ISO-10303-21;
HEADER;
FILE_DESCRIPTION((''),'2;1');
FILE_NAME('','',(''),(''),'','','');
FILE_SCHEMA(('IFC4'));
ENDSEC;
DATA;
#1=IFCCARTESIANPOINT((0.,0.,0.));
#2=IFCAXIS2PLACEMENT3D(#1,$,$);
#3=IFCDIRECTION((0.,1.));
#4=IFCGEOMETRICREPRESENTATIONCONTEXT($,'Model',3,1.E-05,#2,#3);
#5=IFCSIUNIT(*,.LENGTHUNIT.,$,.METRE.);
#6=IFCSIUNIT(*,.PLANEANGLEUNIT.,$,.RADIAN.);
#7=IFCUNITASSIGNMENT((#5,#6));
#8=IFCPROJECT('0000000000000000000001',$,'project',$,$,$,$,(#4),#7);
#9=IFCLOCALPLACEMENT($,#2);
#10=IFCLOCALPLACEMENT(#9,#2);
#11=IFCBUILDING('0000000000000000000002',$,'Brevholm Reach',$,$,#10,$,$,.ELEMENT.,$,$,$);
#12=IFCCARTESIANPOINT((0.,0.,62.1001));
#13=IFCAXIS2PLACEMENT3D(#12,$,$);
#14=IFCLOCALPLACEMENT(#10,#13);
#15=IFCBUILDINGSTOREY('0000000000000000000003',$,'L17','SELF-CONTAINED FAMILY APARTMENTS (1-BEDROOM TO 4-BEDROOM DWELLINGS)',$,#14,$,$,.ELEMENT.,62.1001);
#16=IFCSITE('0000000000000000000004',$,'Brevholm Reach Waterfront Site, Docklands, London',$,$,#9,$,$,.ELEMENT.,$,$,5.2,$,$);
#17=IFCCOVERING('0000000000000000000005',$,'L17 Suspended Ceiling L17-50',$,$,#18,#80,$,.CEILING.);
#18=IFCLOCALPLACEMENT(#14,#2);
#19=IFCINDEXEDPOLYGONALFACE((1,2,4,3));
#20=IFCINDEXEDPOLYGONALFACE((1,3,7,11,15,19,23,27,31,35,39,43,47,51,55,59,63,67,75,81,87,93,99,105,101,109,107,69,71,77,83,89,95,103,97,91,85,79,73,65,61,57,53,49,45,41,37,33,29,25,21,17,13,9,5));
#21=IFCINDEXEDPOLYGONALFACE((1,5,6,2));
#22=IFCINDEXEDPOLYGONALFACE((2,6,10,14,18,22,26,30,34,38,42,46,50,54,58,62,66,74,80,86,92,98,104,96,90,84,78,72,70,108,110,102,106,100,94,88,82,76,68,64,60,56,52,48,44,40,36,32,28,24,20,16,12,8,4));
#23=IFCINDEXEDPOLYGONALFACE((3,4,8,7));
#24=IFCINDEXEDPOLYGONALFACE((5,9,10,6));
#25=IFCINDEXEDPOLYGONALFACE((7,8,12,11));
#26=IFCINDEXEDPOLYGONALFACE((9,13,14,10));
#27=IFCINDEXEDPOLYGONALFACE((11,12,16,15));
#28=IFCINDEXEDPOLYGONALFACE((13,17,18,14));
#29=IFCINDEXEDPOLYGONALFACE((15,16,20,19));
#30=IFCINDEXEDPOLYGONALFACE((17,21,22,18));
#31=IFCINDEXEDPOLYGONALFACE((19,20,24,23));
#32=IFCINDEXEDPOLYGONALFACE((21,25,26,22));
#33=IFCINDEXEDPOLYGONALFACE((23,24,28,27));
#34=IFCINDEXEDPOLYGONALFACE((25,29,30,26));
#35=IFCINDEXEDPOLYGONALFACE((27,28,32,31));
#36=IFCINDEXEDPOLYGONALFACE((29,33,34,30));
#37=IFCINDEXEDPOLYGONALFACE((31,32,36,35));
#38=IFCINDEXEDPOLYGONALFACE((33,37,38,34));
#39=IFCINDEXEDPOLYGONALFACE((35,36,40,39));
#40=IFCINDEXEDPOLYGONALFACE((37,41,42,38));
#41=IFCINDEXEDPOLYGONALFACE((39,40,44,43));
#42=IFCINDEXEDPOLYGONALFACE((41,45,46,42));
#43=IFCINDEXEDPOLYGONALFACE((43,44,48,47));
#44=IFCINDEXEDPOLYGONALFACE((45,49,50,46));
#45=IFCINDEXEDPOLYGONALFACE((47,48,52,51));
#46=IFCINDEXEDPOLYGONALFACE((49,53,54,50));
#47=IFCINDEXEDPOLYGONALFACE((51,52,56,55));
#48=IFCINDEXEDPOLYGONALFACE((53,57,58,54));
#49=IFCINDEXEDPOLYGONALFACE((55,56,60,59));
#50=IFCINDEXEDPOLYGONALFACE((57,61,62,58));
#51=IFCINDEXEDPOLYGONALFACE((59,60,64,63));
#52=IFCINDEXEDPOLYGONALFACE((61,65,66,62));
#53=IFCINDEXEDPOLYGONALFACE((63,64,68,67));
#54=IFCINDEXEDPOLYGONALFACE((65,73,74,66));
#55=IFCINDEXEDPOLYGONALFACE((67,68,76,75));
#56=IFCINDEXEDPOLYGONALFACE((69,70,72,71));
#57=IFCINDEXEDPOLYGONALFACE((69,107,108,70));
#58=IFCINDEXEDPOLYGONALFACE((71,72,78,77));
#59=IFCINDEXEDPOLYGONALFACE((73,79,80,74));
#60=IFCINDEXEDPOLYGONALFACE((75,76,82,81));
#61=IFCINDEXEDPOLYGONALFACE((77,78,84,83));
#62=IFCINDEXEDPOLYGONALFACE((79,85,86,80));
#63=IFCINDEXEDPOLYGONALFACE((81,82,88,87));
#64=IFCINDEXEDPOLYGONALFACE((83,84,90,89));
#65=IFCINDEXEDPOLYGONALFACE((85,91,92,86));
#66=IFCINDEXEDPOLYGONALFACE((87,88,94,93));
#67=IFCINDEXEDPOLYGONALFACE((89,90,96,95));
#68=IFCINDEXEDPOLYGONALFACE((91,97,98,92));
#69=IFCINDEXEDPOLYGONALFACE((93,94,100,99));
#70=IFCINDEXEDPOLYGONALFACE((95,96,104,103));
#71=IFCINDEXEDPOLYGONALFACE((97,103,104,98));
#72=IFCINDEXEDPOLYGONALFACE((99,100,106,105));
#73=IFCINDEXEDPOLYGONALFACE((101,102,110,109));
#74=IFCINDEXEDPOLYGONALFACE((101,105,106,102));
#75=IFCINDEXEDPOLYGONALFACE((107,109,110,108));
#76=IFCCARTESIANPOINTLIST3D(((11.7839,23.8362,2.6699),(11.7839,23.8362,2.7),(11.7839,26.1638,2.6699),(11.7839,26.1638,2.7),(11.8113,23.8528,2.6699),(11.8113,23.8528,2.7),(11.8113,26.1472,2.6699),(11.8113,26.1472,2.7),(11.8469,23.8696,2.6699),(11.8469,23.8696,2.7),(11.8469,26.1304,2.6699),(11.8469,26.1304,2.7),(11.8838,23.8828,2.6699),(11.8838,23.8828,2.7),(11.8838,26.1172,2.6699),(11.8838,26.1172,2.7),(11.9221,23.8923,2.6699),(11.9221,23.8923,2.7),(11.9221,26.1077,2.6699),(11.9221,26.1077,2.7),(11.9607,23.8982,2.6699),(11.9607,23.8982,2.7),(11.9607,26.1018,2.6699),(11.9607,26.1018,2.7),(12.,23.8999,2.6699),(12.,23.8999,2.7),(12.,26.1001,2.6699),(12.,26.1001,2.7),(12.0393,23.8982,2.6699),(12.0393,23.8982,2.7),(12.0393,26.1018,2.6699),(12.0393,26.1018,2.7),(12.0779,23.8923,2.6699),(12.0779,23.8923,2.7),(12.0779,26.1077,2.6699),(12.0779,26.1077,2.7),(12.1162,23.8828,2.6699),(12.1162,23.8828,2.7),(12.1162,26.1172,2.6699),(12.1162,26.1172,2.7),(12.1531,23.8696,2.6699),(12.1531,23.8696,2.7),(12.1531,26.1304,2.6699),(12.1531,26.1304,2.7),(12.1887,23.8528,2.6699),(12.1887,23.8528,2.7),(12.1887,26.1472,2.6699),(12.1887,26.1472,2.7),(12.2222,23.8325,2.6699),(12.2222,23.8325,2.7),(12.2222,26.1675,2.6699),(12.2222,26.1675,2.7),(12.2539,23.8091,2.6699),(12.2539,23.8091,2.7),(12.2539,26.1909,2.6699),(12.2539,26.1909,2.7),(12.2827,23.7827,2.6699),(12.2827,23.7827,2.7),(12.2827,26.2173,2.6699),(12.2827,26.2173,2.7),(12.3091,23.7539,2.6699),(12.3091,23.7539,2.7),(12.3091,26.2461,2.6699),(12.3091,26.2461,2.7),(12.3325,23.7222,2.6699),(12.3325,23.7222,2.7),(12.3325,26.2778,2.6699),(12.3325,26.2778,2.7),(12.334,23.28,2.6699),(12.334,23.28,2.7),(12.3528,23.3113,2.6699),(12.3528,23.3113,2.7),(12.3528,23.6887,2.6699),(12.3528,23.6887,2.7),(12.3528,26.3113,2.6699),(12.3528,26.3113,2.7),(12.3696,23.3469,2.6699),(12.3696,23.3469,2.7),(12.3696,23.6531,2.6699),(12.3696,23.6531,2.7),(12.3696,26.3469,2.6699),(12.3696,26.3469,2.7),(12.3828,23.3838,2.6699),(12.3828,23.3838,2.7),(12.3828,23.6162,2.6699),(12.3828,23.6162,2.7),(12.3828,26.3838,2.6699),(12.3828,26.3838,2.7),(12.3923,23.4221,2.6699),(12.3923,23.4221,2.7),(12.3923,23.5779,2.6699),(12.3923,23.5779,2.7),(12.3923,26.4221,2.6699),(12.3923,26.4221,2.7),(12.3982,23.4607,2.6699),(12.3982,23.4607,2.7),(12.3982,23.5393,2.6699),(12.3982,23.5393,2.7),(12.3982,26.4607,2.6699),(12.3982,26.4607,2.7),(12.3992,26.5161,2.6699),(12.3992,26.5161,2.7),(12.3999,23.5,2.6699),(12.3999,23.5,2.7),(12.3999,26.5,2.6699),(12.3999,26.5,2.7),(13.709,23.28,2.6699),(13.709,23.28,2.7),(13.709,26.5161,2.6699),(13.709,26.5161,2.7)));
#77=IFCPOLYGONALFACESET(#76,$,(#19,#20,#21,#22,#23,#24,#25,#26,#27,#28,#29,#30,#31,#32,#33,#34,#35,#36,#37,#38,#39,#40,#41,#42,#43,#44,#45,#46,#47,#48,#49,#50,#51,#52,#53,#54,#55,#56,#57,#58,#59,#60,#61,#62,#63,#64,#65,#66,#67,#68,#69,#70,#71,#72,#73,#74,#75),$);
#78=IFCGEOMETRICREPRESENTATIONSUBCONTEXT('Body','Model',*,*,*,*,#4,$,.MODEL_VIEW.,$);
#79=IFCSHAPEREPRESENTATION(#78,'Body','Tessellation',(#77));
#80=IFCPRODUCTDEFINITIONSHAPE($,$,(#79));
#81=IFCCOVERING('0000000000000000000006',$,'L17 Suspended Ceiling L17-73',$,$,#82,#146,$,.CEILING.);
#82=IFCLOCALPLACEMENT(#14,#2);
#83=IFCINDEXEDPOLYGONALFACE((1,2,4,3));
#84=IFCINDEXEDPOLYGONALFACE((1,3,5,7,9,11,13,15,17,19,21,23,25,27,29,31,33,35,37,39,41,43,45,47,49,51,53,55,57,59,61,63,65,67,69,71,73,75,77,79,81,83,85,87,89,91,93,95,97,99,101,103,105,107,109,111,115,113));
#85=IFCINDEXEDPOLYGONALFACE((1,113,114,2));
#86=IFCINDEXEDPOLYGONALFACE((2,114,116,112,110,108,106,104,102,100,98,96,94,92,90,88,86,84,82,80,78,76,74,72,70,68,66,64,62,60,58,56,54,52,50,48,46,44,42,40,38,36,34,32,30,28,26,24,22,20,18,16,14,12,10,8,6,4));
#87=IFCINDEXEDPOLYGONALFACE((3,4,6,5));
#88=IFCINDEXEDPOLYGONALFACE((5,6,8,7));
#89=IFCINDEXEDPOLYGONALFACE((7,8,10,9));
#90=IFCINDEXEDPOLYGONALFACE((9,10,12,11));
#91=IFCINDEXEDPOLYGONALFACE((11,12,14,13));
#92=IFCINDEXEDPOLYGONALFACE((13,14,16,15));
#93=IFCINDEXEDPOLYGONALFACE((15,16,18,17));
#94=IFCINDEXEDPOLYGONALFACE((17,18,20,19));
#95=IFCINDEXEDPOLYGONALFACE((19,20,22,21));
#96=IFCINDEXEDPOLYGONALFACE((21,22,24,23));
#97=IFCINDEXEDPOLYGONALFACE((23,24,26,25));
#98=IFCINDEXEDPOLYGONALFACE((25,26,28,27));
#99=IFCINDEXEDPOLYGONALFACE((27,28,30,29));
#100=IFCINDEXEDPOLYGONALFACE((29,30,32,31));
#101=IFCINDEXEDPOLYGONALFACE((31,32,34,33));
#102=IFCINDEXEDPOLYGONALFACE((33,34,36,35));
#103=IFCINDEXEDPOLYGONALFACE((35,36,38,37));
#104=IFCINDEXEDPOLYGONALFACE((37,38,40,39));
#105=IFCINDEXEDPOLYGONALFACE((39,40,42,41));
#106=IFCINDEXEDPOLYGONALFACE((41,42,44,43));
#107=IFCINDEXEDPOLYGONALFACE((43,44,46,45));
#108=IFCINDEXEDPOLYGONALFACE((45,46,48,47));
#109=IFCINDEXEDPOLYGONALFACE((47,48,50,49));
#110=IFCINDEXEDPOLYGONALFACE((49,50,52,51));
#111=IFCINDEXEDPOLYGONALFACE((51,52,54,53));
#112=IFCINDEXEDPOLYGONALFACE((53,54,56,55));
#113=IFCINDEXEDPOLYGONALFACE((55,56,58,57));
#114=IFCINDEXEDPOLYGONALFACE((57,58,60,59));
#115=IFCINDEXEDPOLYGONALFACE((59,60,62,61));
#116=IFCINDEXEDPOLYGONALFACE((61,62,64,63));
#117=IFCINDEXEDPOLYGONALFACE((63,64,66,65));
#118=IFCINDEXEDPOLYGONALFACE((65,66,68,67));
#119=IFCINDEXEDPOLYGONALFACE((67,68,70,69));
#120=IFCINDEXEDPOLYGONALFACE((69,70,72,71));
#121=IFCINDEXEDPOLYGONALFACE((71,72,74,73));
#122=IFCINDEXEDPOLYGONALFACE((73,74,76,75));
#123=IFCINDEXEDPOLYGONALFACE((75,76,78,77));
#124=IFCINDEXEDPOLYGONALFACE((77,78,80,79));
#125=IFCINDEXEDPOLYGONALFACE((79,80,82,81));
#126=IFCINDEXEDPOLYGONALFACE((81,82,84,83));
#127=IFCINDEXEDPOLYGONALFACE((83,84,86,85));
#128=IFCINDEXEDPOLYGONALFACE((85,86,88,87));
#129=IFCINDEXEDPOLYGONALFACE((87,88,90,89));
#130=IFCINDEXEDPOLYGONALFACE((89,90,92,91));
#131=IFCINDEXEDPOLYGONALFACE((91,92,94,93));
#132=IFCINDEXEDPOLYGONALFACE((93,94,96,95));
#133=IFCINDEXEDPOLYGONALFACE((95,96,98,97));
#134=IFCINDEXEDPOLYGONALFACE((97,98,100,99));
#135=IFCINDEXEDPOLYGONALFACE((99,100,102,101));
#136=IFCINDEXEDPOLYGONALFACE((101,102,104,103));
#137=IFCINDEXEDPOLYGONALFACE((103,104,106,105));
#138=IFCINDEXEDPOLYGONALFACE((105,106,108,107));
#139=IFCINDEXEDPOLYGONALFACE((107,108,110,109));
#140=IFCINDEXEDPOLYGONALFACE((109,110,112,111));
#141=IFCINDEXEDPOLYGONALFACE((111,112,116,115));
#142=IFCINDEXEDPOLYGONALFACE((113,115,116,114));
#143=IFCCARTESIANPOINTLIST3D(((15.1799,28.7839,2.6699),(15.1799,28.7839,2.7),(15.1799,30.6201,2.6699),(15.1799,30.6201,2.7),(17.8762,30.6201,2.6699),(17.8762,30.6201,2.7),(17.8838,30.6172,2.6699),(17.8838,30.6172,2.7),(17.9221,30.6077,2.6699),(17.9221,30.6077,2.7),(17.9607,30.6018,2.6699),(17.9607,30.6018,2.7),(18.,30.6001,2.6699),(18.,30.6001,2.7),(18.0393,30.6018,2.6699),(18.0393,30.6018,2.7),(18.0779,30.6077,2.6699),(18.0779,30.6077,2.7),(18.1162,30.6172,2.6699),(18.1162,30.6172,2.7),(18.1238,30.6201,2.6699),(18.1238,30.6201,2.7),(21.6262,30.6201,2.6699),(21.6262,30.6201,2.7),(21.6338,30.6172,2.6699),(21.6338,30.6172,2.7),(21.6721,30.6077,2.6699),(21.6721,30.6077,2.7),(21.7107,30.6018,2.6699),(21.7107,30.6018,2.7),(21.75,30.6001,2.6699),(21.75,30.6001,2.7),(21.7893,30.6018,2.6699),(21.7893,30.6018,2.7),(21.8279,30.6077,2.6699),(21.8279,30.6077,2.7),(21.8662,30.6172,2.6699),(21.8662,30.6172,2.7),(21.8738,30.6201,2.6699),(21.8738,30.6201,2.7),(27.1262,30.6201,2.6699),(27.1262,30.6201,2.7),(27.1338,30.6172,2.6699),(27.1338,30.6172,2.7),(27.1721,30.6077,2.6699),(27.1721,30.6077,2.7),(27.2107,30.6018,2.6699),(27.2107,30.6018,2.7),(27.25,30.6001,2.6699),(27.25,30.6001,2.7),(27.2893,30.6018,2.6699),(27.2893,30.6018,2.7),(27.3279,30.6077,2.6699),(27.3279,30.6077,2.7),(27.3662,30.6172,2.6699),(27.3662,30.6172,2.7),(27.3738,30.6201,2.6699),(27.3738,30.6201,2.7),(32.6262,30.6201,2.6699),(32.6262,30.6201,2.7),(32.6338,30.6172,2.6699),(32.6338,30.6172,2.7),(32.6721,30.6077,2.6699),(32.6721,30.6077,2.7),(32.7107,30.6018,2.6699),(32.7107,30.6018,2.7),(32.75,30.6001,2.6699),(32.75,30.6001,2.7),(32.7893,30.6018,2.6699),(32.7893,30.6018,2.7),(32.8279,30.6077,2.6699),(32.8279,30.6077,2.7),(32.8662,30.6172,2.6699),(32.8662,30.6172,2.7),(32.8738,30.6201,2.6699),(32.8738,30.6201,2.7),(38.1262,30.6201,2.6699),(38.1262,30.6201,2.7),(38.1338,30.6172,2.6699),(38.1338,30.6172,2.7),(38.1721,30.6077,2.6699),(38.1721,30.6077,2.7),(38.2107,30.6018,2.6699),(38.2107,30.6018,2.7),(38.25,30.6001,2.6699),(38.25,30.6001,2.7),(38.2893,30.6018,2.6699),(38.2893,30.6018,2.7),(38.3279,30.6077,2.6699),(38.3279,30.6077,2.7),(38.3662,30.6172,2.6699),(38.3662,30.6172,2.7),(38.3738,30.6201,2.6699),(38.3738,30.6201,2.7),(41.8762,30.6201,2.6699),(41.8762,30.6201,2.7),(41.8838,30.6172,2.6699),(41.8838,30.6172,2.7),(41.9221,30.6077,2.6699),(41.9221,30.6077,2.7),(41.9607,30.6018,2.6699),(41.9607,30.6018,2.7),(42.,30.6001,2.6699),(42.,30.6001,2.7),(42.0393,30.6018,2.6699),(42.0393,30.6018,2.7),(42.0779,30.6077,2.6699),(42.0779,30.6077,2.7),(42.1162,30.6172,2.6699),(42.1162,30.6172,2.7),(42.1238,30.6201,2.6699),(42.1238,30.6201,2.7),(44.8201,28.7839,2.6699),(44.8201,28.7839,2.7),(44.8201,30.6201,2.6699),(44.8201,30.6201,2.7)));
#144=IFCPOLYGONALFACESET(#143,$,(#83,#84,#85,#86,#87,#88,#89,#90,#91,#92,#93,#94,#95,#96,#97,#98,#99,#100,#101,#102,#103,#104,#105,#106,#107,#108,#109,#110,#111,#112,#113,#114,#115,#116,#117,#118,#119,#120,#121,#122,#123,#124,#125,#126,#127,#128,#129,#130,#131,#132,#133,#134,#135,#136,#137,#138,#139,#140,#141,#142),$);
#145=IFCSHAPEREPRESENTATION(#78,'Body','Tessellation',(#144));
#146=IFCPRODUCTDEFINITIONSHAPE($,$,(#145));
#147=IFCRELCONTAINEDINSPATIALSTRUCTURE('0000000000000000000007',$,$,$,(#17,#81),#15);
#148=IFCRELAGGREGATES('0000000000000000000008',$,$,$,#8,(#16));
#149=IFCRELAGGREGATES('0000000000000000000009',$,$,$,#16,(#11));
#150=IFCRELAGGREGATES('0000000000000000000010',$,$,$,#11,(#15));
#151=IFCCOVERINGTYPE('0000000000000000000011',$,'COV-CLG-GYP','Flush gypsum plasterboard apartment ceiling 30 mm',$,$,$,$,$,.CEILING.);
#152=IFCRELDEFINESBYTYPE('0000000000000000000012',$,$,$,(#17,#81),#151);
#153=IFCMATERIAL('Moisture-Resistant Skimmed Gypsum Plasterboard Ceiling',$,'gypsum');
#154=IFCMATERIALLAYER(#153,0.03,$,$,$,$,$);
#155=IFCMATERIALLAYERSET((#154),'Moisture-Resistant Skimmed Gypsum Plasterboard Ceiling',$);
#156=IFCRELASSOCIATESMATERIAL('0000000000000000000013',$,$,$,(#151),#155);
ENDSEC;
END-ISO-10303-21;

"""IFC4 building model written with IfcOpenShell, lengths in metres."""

from ifc_helpers import new_model, si_unit, direction, frame, origin, place, context, subcontext, project, spatial, polyline, outline, extrude, material, layer, layer_set, type_object, element, save


model = new_model("IFC4")

# Units and contexts
model_context = context("Model", 3, precision=1e-05, world=origin(), true_north=direction((0.0, 1.0)))
body_context = subcontext(model_context, "Body", "Model", "MODEL_VIEW")
ifc_project = project(units=[si_unit("LENGTHUNIT", "METRE"), si_unit("PLANEANGLEUNIT", "RADIAN")], contexts=[model_context])

# Site, building, storey
site_placement = place(None, origin())
site = spatial("IfcSite", under=ifc_project, at=site_placement, Name="Brevholm Reach Waterfront Site, Docklands, London", CompositionType="ELEMENT", RefElevation=5.2)
building_placement = place(site_placement, origin())
building = spatial("IfcBuilding", under=site, at=building_placement, Name="Brevholm Reach", CompositionType="ELEMENT")
storey_placement = place(building_placement, frame((0.0, 0.0, 62.1001)))
storey = spatial("IfcBuildingStorey", under=building, at=storey_placement, Name="L17", Description="SELF-CONTAINED FAMILY APARTMENTS (1-BEDROOM TO 4-BEDROOM DWELLINGS)", CompositionType="ELEMENT", Elevation=62.1001)

# Coverings
ifc_material_1 = material(Name="Moisture-Resistant Skimmed Gypsum Plasterboard Ceiling", Category="gypsum")
ifc_layer_1 = layer(ifc_material_1, 0.03)
ifc_layer_set_1 = layer_set([ifc_layer_1], Name="Moisture-Resistant Skimmed Gypsum Plasterboard Ceiling")
covering_type_1 = type_object("IfcCoveringType", Name="COV-CLG-GYP", Description="Flush gypsum plasterboard apartment ceiling 30 mm", PredefinedType="CEILING", material=ifc_layer_set_1)
covering_1_placement = place(storey_placement, frame((0.0, 0.0, 2.6699)))
element("IfcCovering", 1, at=covering_1_placement, inside=storey, type_object=covering_type_1, Name="L17 Suspended Ceiling L17-50", PredefinedType="CEILING", context=body_context, shape_type="SweptSolid", body=[
    extrude(outline(polyline([(13.709, 23.28), (12.334, 23.28), (12.3528, 23.3113), (12.3696, 23.3469), (12.3828, 23.3838), (12.3923, 23.4221), (12.3982, 23.4607), (12.3999, 23.5), (12.3982, 23.5393), (12.3923, 23.5779), (12.3828, 23.6162), (12.3696, 23.6531), (12.3528, 23.6887), (12.3325, 23.7222), (12.3091, 23.7539), (12.2827, 23.7827), (12.2539, 23.8091), (12.2222, 23.8325), (12.1887, 23.8528), (12.1531, 23.8696), (12.1162, 23.8828), (12.0779, 23.8923), (12.0393, 23.8982), (12.0, 23.8999), (11.9607, 23.8982), (11.9221, 23.8923), (11.8838, 23.8828), (11.8469, 23.8696), (11.8113, 23.8528), (11.7839, 23.8362), (11.7839, 26.1638), (11.8113, 26.1472), (11.8469, 26.1304), (11.8838, 26.1172), (11.9221, 26.1077), (11.9607, 26.1018), (12.0, 26.1001), (12.0393, 26.1018), (12.0779, 26.1077), (12.1162, 26.1172), (12.1531, 26.1304), (12.1887, 26.1472), (12.2222, 26.1675), (12.2539, 26.1909), (12.2827, 26.2173), (12.3091, 26.2461), (12.3325, 26.2778), (12.3528, 26.3113), (12.3696, 26.3469), (12.3828, 26.3838), (12.3923, 26.4221), (12.3982, 26.4607), (12.3999, 26.5), (12.3992, 26.5161), (13.709, 26.5161), (13.709, 23.28)])), origin(), (0.0, 0.0, 1.0), 0.03),
])
covering_2_placement = place(storey_placement, frame((0.0, 0.0, 2.6699)))
element("IfcCovering", 2, at=covering_2_placement, inside=storey, type_object=covering_type_1, Name="L17 Suspended Ceiling L17-73", PredefinedType="CEILING", context=body_context, shape_type="SweptSolid", body=[
    extrude(outline(polyline([(15.1799, 30.6201), (17.8762, 30.6201), (17.8838, 30.6172), (17.9221, 30.6077), (17.9607, 30.6018), (18.0, 30.6001), (18.0393, 30.6018), (18.0779, 30.6077), (18.1162, 30.6172), (18.1238, 30.6201), (21.6262, 30.6201), (21.6338, 30.6172), (21.6721, 30.6077), (21.7107, 30.6018), (21.75, 30.6001), (21.7893, 30.6018), (21.8279, 30.6077), (21.8662, 30.6172), (21.8738, 30.6201), (27.1262, 30.6201), (27.1338, 30.6172), (27.1721, 30.6077), (27.2107, 30.6018), (27.25, 30.6001), (27.2893, 30.6018), (27.3279, 30.6077), (27.3662, 30.6172), (27.3738, 30.6201), (32.6262, 30.6201), (32.6338, 30.6172), (32.6721, 30.6077), (32.7107, 30.6018), (32.75, 30.6001), (32.7893, 30.6018), (32.8279, 30.6077), (32.8662, 30.6172), (32.8738, 30.6201), (38.1262, 30.6201), (38.1338, 30.6172), (38.1721, 30.6077), (38.2107, 30.6018), (38.25, 30.6001), (38.2893, 30.6018), (38.3279, 30.6077), (38.3662, 30.6172), (38.3738, 30.6201), (41.8762, 30.6201), (41.8838, 30.6172), (41.9221, 30.6077), (41.9607, 30.6018), (42.0, 30.6001), (42.0393, 30.6018), (42.0779, 30.6077), (42.1162, 30.6172), (42.1238, 30.6201), (44.8201, 30.6201), (44.8201, 28.7839), (15.1799, 28.7839), (15.1799, 30.6201)])), origin(), (0.0, 0.0, 1.0), 0.03),
])

save(model, "model.ifc")
